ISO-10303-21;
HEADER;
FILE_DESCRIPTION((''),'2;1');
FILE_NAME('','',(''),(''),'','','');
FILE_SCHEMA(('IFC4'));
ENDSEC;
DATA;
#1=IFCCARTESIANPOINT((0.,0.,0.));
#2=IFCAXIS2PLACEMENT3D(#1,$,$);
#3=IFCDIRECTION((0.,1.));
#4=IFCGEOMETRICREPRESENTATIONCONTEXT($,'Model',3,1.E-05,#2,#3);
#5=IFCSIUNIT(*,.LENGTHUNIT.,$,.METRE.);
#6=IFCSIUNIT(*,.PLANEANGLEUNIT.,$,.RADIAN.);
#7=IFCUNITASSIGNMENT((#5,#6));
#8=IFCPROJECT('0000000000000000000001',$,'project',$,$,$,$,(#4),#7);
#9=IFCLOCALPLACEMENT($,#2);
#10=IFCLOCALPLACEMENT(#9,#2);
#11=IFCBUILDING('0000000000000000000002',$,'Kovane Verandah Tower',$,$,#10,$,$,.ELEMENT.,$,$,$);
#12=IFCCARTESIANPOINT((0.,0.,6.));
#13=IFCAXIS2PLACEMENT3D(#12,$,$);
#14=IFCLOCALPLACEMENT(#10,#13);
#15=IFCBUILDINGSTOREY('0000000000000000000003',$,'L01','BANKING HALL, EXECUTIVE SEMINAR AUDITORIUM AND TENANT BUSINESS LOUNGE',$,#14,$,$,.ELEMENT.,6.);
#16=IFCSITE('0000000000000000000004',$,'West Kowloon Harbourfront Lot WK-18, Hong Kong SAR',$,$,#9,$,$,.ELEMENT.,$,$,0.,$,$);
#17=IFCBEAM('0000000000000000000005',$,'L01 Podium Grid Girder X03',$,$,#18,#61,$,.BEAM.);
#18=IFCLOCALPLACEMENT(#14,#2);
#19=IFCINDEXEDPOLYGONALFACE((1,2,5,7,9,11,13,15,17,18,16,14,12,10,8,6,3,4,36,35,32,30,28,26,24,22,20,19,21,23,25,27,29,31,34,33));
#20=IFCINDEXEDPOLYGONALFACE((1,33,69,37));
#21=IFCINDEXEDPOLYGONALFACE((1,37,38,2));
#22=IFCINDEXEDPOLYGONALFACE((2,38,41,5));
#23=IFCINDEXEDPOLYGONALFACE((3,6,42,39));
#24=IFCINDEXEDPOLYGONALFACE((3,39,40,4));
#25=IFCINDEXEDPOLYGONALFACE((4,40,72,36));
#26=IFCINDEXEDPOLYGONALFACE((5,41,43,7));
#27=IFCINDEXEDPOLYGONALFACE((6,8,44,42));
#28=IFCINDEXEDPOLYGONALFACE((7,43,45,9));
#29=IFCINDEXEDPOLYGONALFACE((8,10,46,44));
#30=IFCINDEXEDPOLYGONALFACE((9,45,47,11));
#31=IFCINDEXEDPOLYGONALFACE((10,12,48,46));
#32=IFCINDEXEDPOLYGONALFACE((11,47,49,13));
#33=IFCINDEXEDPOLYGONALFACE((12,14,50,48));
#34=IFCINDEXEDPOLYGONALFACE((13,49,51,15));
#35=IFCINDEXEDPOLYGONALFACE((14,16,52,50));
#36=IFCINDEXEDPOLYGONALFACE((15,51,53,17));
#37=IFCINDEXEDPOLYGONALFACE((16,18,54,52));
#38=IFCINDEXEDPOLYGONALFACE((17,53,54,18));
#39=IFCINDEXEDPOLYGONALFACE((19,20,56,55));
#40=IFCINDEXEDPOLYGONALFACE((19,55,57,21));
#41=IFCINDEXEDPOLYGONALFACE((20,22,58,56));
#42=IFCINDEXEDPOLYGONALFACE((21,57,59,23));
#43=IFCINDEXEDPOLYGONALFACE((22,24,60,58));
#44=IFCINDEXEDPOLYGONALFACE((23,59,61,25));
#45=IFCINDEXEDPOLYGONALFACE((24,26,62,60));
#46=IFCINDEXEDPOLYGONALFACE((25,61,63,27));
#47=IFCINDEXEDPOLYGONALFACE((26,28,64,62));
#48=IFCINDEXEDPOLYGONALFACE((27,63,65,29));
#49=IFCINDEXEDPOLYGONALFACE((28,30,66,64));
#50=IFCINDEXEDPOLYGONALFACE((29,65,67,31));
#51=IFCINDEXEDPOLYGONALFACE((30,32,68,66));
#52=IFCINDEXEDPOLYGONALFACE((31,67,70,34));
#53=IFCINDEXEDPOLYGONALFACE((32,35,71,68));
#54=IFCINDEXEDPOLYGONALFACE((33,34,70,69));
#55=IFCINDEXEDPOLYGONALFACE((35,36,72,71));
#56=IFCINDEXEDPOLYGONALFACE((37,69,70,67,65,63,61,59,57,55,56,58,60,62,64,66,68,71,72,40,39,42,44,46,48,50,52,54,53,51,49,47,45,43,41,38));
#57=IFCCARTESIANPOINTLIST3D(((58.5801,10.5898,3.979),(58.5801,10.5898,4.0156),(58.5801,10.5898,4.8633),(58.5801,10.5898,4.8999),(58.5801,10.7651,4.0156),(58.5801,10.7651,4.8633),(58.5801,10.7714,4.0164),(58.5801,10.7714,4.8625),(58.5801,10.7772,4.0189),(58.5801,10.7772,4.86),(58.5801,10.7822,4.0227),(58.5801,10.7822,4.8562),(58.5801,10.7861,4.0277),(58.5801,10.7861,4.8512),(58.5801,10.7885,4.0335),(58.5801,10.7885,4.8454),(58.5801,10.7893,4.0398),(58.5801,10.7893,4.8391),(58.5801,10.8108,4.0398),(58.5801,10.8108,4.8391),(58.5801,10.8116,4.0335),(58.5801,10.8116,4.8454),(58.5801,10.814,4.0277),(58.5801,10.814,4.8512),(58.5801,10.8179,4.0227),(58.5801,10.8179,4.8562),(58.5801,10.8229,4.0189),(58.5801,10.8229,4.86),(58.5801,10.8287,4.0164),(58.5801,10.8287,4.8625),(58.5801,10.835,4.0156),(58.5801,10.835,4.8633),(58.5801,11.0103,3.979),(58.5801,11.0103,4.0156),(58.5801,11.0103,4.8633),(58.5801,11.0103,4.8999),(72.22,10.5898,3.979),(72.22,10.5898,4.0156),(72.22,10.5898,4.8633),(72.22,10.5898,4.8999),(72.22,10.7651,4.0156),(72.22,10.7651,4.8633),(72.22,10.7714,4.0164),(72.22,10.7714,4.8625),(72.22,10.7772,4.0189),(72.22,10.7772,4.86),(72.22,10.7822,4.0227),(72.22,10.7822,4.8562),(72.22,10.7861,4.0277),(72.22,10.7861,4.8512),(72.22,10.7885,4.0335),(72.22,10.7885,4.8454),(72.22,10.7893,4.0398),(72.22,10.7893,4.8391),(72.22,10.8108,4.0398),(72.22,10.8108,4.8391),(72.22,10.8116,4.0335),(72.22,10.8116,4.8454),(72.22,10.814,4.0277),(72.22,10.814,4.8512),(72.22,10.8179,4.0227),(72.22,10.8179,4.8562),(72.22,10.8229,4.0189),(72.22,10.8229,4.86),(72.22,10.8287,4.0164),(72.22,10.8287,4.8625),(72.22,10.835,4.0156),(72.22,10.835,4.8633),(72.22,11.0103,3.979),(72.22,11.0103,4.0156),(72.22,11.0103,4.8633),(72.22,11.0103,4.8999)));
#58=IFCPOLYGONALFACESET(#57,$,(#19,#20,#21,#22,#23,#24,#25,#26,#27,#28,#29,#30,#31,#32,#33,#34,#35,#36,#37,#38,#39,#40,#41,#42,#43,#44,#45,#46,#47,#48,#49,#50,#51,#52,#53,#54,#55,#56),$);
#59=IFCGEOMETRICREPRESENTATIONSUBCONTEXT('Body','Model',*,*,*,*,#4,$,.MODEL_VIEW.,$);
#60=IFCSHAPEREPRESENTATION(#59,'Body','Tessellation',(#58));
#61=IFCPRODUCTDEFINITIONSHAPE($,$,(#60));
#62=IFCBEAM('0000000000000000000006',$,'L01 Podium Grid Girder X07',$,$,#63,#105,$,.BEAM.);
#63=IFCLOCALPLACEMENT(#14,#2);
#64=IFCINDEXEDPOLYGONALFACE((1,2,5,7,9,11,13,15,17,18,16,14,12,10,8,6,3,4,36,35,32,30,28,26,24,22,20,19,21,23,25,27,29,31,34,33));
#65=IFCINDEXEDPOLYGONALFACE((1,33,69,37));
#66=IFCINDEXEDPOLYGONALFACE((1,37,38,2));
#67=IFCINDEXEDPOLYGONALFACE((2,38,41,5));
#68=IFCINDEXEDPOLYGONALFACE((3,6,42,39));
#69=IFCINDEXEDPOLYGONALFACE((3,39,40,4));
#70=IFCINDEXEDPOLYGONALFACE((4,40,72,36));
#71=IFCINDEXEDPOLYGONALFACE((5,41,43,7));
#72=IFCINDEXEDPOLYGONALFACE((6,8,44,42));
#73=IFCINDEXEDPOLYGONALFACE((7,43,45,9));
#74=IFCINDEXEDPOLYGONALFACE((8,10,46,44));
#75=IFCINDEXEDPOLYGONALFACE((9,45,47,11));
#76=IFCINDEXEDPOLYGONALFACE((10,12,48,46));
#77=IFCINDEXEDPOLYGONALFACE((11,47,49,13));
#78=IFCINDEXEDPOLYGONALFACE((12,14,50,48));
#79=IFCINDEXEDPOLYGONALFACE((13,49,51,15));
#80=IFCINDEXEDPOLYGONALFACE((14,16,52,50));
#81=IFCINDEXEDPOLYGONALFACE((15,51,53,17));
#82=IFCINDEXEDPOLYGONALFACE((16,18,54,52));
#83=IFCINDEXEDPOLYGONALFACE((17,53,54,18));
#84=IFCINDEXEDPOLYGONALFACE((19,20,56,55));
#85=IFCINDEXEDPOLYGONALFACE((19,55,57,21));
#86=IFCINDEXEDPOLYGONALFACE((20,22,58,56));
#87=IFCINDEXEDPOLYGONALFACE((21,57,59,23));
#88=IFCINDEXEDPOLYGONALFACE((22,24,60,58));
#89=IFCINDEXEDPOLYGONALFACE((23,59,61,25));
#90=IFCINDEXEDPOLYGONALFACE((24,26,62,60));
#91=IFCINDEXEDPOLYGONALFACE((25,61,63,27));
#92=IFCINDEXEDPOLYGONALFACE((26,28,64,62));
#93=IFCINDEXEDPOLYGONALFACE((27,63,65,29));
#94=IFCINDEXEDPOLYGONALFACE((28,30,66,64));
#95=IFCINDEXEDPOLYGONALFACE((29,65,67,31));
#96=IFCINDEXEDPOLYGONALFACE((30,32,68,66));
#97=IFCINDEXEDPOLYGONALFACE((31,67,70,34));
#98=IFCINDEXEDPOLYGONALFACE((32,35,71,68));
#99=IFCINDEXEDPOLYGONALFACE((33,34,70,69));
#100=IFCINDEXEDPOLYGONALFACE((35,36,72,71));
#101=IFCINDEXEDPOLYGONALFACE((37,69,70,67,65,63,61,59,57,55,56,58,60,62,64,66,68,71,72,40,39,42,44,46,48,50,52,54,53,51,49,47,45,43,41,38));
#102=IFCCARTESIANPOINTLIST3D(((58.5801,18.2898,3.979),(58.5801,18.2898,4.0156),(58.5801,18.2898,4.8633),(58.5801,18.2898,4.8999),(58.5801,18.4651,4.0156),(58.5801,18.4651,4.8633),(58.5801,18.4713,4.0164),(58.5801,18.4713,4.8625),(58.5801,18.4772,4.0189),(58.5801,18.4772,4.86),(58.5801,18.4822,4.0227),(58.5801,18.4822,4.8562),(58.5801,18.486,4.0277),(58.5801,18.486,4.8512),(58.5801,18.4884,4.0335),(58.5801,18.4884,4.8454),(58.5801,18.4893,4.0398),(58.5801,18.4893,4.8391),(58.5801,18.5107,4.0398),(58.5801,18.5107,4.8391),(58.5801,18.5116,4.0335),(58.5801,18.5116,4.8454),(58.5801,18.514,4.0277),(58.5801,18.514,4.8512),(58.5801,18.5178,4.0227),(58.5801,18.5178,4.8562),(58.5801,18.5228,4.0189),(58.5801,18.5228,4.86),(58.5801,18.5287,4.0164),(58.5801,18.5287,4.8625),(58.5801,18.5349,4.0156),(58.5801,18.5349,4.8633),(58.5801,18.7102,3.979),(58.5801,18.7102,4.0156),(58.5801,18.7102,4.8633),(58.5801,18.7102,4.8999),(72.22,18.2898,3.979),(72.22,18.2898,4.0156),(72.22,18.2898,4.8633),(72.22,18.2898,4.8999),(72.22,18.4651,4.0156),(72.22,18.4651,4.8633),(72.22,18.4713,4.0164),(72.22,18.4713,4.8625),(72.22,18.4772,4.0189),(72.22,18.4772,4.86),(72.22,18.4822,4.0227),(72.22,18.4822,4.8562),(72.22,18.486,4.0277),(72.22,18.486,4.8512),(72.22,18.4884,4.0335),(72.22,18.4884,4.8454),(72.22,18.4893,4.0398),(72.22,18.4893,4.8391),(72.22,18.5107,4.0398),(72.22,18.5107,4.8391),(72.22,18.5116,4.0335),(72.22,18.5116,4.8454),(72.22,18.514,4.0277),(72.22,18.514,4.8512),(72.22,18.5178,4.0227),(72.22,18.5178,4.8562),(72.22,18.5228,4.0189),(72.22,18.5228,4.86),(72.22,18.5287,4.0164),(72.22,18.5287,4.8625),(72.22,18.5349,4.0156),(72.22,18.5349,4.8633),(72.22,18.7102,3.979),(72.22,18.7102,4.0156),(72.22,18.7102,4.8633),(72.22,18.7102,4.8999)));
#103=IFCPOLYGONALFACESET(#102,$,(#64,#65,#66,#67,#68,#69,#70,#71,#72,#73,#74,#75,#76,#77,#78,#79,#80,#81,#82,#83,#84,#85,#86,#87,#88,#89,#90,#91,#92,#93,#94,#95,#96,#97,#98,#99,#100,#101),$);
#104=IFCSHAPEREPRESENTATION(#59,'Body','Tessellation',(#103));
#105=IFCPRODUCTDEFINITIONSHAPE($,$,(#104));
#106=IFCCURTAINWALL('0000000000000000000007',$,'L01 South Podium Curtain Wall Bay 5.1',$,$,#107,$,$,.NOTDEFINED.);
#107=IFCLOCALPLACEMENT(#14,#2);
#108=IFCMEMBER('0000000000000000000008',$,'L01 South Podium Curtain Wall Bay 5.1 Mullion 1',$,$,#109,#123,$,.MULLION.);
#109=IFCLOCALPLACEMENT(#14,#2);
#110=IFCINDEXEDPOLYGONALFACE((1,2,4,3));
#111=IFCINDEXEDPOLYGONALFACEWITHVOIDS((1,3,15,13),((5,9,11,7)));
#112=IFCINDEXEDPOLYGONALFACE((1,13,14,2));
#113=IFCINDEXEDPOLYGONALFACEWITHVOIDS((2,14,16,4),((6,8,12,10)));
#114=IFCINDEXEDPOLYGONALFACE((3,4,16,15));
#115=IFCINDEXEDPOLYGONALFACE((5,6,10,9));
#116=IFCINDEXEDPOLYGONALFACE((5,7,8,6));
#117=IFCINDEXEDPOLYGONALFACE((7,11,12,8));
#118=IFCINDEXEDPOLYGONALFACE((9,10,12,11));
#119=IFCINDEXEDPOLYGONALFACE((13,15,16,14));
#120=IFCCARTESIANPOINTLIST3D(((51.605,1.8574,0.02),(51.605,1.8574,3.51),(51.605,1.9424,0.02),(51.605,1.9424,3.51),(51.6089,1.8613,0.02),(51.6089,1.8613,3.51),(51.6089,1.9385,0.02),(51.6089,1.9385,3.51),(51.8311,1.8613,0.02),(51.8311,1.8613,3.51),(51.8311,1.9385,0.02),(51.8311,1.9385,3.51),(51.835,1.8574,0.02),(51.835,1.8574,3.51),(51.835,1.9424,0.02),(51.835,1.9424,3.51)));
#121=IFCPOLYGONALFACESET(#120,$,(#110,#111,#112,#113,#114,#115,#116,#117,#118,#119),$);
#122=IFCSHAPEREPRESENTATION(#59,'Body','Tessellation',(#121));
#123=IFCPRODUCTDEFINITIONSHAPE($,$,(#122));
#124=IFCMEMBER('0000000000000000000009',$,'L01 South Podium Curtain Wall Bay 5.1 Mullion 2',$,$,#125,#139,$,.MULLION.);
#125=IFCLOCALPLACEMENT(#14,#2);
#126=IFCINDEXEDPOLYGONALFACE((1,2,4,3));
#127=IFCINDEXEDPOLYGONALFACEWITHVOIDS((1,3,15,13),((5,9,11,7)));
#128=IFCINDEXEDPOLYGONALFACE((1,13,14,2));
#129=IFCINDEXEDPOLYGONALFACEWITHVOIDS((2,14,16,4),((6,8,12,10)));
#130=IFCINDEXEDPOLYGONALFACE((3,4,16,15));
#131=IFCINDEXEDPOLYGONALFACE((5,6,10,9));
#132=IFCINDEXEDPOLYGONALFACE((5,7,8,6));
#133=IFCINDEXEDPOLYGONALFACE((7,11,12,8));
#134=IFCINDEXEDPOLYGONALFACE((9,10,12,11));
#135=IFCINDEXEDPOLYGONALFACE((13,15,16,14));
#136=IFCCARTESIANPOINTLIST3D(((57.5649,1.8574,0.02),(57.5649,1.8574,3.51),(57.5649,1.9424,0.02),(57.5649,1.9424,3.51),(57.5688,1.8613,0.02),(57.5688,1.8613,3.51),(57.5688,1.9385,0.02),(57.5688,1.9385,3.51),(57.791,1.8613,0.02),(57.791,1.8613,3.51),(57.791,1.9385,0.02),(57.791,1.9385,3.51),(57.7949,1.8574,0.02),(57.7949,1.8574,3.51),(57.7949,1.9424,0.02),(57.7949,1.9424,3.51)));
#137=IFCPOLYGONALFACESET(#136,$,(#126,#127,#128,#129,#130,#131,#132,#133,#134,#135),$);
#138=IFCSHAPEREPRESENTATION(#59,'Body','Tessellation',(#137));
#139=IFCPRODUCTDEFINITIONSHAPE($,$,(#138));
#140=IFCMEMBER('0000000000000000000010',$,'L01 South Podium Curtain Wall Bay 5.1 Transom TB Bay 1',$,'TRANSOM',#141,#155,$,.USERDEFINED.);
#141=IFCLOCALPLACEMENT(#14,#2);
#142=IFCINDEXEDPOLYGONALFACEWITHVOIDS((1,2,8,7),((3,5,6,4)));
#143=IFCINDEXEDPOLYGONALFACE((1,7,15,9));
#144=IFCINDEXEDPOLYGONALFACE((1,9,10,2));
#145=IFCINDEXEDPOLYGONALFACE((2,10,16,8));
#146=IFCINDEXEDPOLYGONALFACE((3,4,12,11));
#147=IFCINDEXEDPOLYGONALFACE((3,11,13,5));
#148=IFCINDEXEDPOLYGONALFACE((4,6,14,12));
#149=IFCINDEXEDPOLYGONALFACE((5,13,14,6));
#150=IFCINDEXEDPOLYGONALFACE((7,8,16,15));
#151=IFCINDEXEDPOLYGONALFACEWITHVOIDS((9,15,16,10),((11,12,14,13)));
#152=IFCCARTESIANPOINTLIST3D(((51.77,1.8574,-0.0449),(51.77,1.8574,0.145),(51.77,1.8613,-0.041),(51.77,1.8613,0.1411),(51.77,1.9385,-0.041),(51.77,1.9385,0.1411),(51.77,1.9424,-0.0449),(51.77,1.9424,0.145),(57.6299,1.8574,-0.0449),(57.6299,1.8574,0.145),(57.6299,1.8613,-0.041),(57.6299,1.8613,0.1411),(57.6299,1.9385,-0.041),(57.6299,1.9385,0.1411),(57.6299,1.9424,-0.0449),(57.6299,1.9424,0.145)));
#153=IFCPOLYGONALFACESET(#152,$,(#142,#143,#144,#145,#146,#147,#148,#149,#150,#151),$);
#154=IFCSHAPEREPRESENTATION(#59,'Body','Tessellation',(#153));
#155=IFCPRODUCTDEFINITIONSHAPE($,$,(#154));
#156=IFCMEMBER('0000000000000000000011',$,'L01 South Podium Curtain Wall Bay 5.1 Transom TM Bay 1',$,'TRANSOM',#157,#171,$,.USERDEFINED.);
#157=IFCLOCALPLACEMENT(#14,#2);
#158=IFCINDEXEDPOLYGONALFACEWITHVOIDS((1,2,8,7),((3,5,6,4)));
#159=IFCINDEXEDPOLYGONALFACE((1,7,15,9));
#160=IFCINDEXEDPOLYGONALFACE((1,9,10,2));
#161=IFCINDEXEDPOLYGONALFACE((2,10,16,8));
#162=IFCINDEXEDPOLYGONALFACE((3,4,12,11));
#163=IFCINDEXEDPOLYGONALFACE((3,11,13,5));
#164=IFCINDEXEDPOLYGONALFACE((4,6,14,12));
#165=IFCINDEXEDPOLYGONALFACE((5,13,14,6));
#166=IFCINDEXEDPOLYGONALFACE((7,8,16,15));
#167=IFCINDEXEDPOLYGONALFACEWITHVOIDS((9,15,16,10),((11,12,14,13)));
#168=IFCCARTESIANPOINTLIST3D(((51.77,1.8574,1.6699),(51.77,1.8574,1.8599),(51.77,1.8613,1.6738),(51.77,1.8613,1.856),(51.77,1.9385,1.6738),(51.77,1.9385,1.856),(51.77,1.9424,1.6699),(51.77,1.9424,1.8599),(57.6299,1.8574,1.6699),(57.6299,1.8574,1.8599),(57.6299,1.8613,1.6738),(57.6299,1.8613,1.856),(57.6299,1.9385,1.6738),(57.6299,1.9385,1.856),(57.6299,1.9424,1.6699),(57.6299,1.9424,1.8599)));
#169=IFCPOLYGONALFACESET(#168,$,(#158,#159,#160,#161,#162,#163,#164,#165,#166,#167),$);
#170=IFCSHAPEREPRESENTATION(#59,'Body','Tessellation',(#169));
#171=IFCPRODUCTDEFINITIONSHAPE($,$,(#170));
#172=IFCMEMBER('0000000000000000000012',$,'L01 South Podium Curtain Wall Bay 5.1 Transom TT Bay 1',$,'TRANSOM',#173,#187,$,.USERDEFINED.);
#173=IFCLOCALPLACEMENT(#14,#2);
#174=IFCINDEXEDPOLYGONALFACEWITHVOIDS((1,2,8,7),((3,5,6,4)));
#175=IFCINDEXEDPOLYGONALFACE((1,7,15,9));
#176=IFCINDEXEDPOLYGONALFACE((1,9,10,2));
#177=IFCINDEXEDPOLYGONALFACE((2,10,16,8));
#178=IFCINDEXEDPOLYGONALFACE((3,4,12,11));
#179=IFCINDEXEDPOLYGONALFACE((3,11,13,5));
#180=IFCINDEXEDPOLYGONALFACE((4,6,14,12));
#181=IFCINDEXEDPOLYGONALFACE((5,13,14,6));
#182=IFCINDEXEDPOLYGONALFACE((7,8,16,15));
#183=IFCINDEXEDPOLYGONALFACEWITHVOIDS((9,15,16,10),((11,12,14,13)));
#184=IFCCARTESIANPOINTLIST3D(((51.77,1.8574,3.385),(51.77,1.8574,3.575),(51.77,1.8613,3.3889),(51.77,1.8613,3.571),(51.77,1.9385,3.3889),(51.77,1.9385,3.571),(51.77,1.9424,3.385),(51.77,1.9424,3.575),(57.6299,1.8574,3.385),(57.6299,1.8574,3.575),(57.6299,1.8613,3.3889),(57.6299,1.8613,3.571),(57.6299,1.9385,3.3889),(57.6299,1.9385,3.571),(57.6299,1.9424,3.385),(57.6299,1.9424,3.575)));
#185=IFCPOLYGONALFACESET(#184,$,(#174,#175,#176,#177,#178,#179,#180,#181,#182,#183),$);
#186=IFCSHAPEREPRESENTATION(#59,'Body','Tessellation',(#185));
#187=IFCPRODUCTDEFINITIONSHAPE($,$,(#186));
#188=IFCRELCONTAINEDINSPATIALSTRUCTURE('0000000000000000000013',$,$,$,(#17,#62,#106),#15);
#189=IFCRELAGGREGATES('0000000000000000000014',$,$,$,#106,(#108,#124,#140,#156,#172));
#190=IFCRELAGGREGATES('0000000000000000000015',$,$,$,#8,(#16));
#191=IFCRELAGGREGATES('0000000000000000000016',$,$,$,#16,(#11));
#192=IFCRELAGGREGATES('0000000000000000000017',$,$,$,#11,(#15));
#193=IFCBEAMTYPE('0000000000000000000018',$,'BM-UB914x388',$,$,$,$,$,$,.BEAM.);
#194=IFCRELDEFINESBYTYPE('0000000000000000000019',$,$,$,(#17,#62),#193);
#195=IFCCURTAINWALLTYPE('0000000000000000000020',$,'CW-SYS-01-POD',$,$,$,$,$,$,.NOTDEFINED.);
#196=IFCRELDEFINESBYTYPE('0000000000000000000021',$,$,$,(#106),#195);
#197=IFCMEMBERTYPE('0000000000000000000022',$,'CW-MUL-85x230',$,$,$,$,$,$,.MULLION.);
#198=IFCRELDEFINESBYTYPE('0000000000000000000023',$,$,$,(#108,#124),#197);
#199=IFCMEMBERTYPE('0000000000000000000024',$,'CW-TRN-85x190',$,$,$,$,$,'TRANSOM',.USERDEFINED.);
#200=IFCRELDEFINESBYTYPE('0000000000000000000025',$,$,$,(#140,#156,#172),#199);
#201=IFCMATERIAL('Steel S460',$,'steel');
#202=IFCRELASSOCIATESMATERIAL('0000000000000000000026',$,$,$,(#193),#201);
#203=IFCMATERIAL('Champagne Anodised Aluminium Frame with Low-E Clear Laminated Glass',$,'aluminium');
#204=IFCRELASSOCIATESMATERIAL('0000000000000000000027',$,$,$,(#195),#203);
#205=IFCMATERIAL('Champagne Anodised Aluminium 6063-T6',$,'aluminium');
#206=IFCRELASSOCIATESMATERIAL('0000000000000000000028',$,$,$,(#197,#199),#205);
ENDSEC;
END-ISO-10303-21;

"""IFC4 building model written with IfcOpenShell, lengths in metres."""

from ifc_helpers import new_model, si_unit, direction, frame, origin, origin_2d, place, context, subcontext, project, spatial, hollow_rectangle, i_section, extrude, material, material_profile, profile_set, type_object, element, aggregate, save


model = new_model("IFC4")

# Units and contexts
model_context = context("Model", 3, precision=1e-05, world=origin(), true_north=direction((0.0, 1.0)))
body_context = subcontext(model_context, "Body", "Model", "MODEL_VIEW")
ifc_project = project(units=[si_unit("LENGTHUNIT", "METRE"), si_unit("PLANEANGLEUNIT", "RADIAN")], contexts=[model_context])

# Site, building, storey
site_placement = place(None, origin())
site = spatial("IfcSite", under=ifc_project, at=site_placement, Name="West Kowloon Harbourfront Lot WK-18, Hong Kong SAR", CompositionType="ELEMENT", RefElevation=0.0)
building_placement = place(site_placement, origin())
building = spatial("IfcBuilding", under=site, at=building_placement, Name="Kovane Verandah Tower", CompositionType="ELEMENT")
storey_placement = place(building_placement, frame((0.0, 0.0, 6.0)))
storey = spatial("IfcBuildingStorey", under=building, at=storey_placement, Name="L01", Description="BANKING HALL, EXECUTIVE SEMINAR AUDITORIUM AND TENANT BUSINESS LOUNGE", CompositionType="ELEMENT", Elevation=6.0)

# Shared definitions
ifc_material_1 = material(Name="Steel S460", Category="steel")

# Beams
ifc_material_profile_1 = material_profile(ifc_material_1, i_section(OverallWidth=0.4204, OverallDepth=0.9209, WebThickness=0.0215, FlangeThickness=0.0366, FilletRadius=0.0242, at=origin_2d()), Name="UB914x419x388")
ifc_profile_set_1 = profile_set([ifc_material_profile_1], Name="Steel S460")
beam_type_1 = type_object("IfcBeamType", Name="BM-UB914x388", PredefinedType="BEAM", material=ifc_profile_set_1)
for number, where, z_axis, x_axis, name in (
    (1, (58.5801, 10.8, 4.4395), (1.0, 0.0, 0.0), (0.0, 1.0, 0.0), "L01 Podium Grid Girder X03"),
    (2, (58.5801, 18.5, 4.4395), (1.0, 0.0, 0.0), (0.0, 1.0, 0.0), "L01 Podium Grid Girder X07"),
):
    element("IfcBeam", number, at=place(storey_placement, frame(where, z_axis=z_axis, x_axis=x_axis)), inside=storey, type_object=beam_type_1, Name=name, PredefinedType="BEAM", context=body_context, shape_type="SweptSolid", body=[
        extrude(i_section(OverallWidth=0.4204, OverallDepth=0.9209, WebThickness=0.0215, FlangeThickness=0.0366, FilletRadius=0.0242, at=origin_2d()), origin(), (0.0, 0.0, 1.0), 13.6399),
    ])

# Curtain wall, members
ifc_material_2 = material(Name="Champagne Anodised Aluminium Frame with Low-E Clear Laminated Glass", Category="aluminium")
curtain_wall_type = type_object("IfcCurtainWallType", Name="CW-SYS-01-POD", PredefinedType="NOTDEFINED", material=ifc_material_2)
curtain_wall_placement = place(storey_placement, origin())
curtain_wall = element("IfcCurtainWall", 3, at=curtain_wall_placement, inside=storey, type_object=curtain_wall_type, Name="L01 South Podium Curtain Wall Bay 5.1", PredefinedType="NOTDEFINED")
ifc_material_3 = material(Name="Champagne Anodised Aluminium 6063-T6", Category="aluminium")
ifc_material_profile_2 = material_profile(ifc_material_3, hollow_rectangle(XDim=0.085, YDim=0.23, WallThickness=0.0039, at=origin_2d()), Name="AL85x230x4")
ifc_profile_set_2 = profile_set([ifc_material_profile_2], Name="Champagne Anodised Aluminium 6063-T6")
member_type_1 = type_object("IfcMemberType", Name="CW-MUL-85x230", PredefinedType="MULLION", material=ifc_profile_set_2)
member_1_placement = place(storey_placement, frame((51.72, 1.8999, 0.02), z_axis=(0.0, 0.0, 1.0), x_axis=(0.0, -1.0, 0.0)))
member_1 = element("IfcMember", 4, at=member_1_placement, type_object=member_type_1, Name="L01 South Podium Curtain Wall Bay 5.1 Mullion 1", PredefinedType="MULLION", context=body_context, shape_type="SweptSolid", body=[
    extrude(hollow_rectangle(XDim=0.085, YDim=0.23, WallThickness=0.0039, at=origin_2d()), origin(), (0.0, 0.0, 1.0), 3.49),
])
member_2_placement = place(storey_placement, frame((57.6799, 1.8999, 0.02), z_axis=(0.0, 0.0, 1.0), x_axis=(0.0, -1.0, 0.0)))
member_2 = element("IfcMember", 5, at=member_2_placement, type_object=member_type_1, Name="L01 South Podium Curtain Wall Bay 5.1 Mullion 2", PredefinedType="MULLION", context=body_context, shape_type="SweptSolid", body=[
    extrude(hollow_rectangle(XDim=0.085, YDim=0.23, WallThickness=0.0039, at=origin_2d()), origin(), (0.0, 0.0, 1.0), 3.49),
])
ifc_material_profile_3 = material_profile(ifc_material_3, hollow_rectangle(XDim=0.085, YDim=0.1899, WallThickness=0.0039, at=origin_2d()), Name="AL85x190x4")
ifc_profile_set_3 = profile_set([ifc_material_profile_3], Name="Champagne Anodised Aluminium 6063-T6")
member_type_2 = type_object("IfcMemberType", Name="CW-TRN-85x190", ElementType="TRANSOM", PredefinedType="USERDEFINED", material=ifc_profile_set_3)
member_3_placement = place(storey_placement, frame((51.77, 1.8999, 0.05), z_axis=(1.0, 0.0, 0.0), x_axis=(0.0, 1.0, 0.0)))
member_3 = element("IfcMember", 6, at=member_3_placement, type_object=member_type_2, Name="L01 South Podium Curtain Wall Bay 5.1 Transom TB Bay 1", ObjectType="TRANSOM", PredefinedType="USERDEFINED", context=body_context, shape_type="SweptSolid", body=[
    extrude(hollow_rectangle(XDim=0.085, YDim=0.1899, WallThickness=0.0039, at=origin_2d()), origin(), (0.0, 0.0, 1.0), 5.8599),
])
member_4_placement = place(storey_placement, frame((51.77, 1.8999, 1.7649), z_axis=(1.0, 0.0, 0.0), x_axis=(0.0, 1.0, 0.0)))
member_4 = element("IfcMember", 7, at=member_4_placement, type_object=member_type_2, Name="L01 South Podium Curtain Wall Bay 5.1 Transom TM Bay 1", ObjectType="TRANSOM", PredefinedType="USERDEFINED", context=body_context, shape_type="SweptSolid", body=[
    extrude(hollow_rectangle(XDim=0.085, YDim=0.1899, WallThickness=0.0039, at=origin_2d()), origin(), (0.0, 0.0, 1.0), 5.8599),
])
member_5_placement = place(storey_placement, frame((51.77, 1.8999, 3.48), z_axis=(1.0, 0.0, 0.0), x_axis=(0.0, 1.0, 0.0)))
member_5 = element("IfcMember", 8, at=member_5_placement, type_object=member_type_2, Name="L01 South Podium Curtain Wall Bay 5.1 Transom TT Bay 1", ObjectType="TRANSOM", PredefinedType="USERDEFINED", context=body_context, shape_type="SweptSolid", body=[
    extrude(hollow_rectangle(XDim=0.085, YDim=0.1899, WallThickness=0.0039, at=origin_2d()), origin(), (0.0, 0.0, 1.0), 5.8599),
])

aggregate(curtain_wall, [member_1, member_2, member_3, member_4, member_5])

save(model, "model.ifc")
